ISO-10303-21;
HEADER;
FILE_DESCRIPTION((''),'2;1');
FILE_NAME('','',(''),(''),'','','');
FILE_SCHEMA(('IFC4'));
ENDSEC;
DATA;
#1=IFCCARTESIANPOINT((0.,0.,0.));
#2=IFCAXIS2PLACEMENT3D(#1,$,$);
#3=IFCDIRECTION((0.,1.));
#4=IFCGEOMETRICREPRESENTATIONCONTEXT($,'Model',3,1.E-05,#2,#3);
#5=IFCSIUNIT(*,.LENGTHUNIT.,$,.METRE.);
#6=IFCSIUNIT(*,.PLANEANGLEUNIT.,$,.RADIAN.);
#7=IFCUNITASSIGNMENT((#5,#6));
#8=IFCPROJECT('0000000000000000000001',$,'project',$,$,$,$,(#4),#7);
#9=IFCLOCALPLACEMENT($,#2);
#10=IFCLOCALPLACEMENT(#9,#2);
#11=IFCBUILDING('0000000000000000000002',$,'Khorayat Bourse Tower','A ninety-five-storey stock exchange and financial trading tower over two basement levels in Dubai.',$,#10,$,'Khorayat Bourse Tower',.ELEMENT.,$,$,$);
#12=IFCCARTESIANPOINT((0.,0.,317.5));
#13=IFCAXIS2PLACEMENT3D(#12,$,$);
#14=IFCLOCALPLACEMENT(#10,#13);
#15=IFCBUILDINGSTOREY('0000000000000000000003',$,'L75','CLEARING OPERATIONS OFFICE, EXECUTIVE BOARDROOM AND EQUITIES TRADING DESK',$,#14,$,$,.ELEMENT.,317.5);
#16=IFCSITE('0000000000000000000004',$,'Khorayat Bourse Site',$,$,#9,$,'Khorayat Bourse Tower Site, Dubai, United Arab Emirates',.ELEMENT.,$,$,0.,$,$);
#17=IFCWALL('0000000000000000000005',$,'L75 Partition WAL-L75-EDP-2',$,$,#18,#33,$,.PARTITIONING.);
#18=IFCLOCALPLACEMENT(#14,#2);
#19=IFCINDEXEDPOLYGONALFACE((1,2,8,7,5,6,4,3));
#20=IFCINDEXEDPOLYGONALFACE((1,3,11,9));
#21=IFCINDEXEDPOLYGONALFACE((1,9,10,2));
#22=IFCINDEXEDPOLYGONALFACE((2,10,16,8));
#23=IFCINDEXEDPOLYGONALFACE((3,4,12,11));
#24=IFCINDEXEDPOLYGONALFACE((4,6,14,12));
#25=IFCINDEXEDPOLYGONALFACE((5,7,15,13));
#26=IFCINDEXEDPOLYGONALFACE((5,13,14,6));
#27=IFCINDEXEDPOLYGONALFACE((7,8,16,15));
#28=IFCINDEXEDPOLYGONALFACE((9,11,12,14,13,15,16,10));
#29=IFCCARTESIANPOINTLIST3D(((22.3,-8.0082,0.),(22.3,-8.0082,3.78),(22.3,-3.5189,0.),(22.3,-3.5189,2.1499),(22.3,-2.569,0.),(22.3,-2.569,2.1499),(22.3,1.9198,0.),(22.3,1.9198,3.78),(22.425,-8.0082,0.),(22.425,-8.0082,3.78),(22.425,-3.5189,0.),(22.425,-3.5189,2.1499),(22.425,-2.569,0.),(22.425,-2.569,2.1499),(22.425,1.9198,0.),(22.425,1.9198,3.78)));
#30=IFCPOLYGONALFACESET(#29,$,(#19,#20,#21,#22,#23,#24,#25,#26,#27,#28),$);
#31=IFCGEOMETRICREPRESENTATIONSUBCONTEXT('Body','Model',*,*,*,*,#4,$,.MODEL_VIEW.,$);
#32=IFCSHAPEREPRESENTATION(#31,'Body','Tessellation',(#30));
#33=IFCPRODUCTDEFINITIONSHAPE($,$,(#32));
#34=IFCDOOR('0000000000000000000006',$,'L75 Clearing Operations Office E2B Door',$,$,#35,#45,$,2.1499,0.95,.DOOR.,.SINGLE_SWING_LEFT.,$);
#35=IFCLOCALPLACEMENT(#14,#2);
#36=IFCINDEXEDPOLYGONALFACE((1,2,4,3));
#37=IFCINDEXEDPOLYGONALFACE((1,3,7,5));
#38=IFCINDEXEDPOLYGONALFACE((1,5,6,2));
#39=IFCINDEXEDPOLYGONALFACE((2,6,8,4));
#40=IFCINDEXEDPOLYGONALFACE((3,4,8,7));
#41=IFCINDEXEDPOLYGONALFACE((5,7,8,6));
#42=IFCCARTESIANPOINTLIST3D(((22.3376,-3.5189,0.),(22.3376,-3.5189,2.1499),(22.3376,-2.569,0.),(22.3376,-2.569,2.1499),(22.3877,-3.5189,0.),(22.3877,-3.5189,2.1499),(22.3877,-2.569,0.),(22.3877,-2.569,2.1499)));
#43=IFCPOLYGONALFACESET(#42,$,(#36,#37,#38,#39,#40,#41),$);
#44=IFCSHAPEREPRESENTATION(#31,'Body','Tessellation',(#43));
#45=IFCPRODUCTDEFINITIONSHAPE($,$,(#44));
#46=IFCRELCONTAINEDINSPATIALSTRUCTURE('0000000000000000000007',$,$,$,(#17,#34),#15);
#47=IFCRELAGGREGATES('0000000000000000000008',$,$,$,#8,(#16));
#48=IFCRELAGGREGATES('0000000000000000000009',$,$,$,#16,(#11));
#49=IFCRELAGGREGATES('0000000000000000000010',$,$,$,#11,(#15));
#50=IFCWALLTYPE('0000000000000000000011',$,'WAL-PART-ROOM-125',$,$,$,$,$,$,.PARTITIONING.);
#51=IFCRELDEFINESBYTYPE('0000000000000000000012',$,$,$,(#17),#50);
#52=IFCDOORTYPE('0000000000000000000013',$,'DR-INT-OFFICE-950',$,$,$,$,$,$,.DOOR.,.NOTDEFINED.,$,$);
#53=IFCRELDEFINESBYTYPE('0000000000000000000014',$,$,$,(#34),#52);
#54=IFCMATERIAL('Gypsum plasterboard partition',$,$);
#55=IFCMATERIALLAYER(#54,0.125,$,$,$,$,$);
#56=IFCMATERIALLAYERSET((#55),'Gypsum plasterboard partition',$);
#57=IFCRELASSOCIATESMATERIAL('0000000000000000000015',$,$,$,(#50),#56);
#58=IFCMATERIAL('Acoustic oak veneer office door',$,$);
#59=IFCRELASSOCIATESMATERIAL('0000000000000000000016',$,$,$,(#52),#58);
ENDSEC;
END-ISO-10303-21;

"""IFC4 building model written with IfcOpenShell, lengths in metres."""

from ifc_helpers import new_model, si_unit, direction, frame, frame_2d, origin, place, context, subcontext, project, spatial, rectangle, extrude, source, transform, mapped, material, layer, layer_set, type_object, element, fill, save


model = new_model("IFC4")

# Units and contexts
model_context = context("Model", 3, precision=1e-05, world=origin(), true_north=direction((0.0, 1.0)))
body_context = subcontext(model_context, "Body", "Model", "MODEL_VIEW")
ifc_project = project(units=[si_unit("LENGTHUNIT", "METRE"), si_unit("PLANEANGLEUNIT", "RADIAN")], contexts=[model_context])

# Site, building, storey
site_placement = place(None, origin())
site = spatial("IfcSite", under=ifc_project, at=site_placement, Name="Khorayat Bourse Site", LongName="Khorayat Bourse Tower Site, Dubai, United Arab Emirates", CompositionType="ELEMENT", RefElevation=0.0)
building_placement = place(site_placement, origin())
building = spatial("IfcBuilding", under=site, at=building_placement, Name="Khorayat Bourse Tower", Description="A ninety-five-storey stock exchange and financial trading tower over two basement levels in Dubai.", LongName="Khorayat Bourse Tower", CompositionType="ELEMENT")
storey_placement = place(building_placement, frame((0.0, 0.0, 317.5)))
storey = spatial("IfcBuildingStorey", under=building, at=storey_placement, Name="L75", Description="CLEARING OPERATIONS OFFICE, EXECUTIVE BOARDROOM AND EQUITIES TRADING DESK", CompositionType="ELEMENT", Elevation=317.5)

# Wall, opening, door
ifc_material_1 = material(Name="Gypsum plasterboard partition")
ifc_layer_1 = layer(ifc_material_1, 0.125)
ifc_layer_set_1 = layer_set([ifc_layer_1], Name="Gypsum plasterboard partition")
wall_type = type_object("IfcWallType", Name="WAL-PART-ROOM-125", PredefinedType="PARTITIONING", material=ifc_layer_set_1)
shared_shape_1 = source(origin(), body_context, "Body", "SweptSolid", [
    extrude(rectangle(XDim=0.95, YDim=2.1499, at=frame_2d((0.4751, 1.075))), frame((0.0, 0.0725, 0.0), z_axis=(0.0, -1.0, 0.0), x_axis=(1.0, 0.0, 0.0)), (0.0, 0.0, 1.0), 0.145),
])
ifc_material_2 = material(Name="Acoustic oak veneer office door")
door_type = type_object("IfcDoorType", Name="DR-INT-OFFICE-950", OperationType="NOTDEFINED", PredefinedType="DOOR", material=ifc_material_2)
shared_shape_2 = source(origin(), body_context, "Body", "SweptSolid", [
    extrude(rectangle(XDim=0.95, YDim=2.1499, at=frame_2d((0.4751, 1.075))), frame((0.0, 0.0249, 0.0), z_axis=(0.0, -1.0, 0.0), x_axis=(1.0, 0.0, 0.0)), (0.0, 0.0, 1.0), 0.05),
])
shared_shape_3 = source(origin(), body_context, "Body", "SweptSolid", [
    extrude(rectangle(XDim=9.928, YDim=0.125, at=frame_2d((4.9639, 0.0))), origin(), (0.0, 0.0, 1.0), 3.78),
])
wall_1_placement = place(storey_placement, frame((22.3625, -8.0081, 0.0), z_axis=(0.0, 0.0, 1.0), x_axis=(0.0, 1.0, 0.0)))
wall_1 = element("IfcWall", 1, at=wall_1_placement, inside=storey, type_object=wall_type, Name="L75 Partition WAL-L75-EDP-2", PredefinedType="PARTITIONING", context=body_context, shape_type="MappedRepresentation", body=[
    mapped(shared_shape_3, transform((0.0, 0.0, 0.0), scale=1.0)),
])
opening_1_placement = place(wall_1_placement, frame((4.489, 0.0, 0.0)))
opening_1 = element("IfcOpeningElement", 2, at=opening_1_placement, cuts=wall_1, PredefinedType="OPENING", context=body_context, shape_type="MappedRepresentation", body=[
    mapped(shared_shape_1, transform((0.0, 0.0, 0.0), scale=1.0)),
])
door_1_placement = place(opening_1_placement, origin())
door_1 = element("IfcDoor", 3, at=door_1_placement, inside=storey, type_object=door_type, Name="L75 Clearing Operations Office E2B Door", OperationType="SINGLE_SWING_LEFT", OverallHeight=2.1499, OverallWidth=0.95, PredefinedType="DOOR", context=body_context, shape_type="MappedRepresentation", body=[
    mapped(shared_shape_2, transform((0.0, 0.0, 0.0), scale=1.0)),
])
fill(opening_1, door_1)

save(model, "model.ifc")
